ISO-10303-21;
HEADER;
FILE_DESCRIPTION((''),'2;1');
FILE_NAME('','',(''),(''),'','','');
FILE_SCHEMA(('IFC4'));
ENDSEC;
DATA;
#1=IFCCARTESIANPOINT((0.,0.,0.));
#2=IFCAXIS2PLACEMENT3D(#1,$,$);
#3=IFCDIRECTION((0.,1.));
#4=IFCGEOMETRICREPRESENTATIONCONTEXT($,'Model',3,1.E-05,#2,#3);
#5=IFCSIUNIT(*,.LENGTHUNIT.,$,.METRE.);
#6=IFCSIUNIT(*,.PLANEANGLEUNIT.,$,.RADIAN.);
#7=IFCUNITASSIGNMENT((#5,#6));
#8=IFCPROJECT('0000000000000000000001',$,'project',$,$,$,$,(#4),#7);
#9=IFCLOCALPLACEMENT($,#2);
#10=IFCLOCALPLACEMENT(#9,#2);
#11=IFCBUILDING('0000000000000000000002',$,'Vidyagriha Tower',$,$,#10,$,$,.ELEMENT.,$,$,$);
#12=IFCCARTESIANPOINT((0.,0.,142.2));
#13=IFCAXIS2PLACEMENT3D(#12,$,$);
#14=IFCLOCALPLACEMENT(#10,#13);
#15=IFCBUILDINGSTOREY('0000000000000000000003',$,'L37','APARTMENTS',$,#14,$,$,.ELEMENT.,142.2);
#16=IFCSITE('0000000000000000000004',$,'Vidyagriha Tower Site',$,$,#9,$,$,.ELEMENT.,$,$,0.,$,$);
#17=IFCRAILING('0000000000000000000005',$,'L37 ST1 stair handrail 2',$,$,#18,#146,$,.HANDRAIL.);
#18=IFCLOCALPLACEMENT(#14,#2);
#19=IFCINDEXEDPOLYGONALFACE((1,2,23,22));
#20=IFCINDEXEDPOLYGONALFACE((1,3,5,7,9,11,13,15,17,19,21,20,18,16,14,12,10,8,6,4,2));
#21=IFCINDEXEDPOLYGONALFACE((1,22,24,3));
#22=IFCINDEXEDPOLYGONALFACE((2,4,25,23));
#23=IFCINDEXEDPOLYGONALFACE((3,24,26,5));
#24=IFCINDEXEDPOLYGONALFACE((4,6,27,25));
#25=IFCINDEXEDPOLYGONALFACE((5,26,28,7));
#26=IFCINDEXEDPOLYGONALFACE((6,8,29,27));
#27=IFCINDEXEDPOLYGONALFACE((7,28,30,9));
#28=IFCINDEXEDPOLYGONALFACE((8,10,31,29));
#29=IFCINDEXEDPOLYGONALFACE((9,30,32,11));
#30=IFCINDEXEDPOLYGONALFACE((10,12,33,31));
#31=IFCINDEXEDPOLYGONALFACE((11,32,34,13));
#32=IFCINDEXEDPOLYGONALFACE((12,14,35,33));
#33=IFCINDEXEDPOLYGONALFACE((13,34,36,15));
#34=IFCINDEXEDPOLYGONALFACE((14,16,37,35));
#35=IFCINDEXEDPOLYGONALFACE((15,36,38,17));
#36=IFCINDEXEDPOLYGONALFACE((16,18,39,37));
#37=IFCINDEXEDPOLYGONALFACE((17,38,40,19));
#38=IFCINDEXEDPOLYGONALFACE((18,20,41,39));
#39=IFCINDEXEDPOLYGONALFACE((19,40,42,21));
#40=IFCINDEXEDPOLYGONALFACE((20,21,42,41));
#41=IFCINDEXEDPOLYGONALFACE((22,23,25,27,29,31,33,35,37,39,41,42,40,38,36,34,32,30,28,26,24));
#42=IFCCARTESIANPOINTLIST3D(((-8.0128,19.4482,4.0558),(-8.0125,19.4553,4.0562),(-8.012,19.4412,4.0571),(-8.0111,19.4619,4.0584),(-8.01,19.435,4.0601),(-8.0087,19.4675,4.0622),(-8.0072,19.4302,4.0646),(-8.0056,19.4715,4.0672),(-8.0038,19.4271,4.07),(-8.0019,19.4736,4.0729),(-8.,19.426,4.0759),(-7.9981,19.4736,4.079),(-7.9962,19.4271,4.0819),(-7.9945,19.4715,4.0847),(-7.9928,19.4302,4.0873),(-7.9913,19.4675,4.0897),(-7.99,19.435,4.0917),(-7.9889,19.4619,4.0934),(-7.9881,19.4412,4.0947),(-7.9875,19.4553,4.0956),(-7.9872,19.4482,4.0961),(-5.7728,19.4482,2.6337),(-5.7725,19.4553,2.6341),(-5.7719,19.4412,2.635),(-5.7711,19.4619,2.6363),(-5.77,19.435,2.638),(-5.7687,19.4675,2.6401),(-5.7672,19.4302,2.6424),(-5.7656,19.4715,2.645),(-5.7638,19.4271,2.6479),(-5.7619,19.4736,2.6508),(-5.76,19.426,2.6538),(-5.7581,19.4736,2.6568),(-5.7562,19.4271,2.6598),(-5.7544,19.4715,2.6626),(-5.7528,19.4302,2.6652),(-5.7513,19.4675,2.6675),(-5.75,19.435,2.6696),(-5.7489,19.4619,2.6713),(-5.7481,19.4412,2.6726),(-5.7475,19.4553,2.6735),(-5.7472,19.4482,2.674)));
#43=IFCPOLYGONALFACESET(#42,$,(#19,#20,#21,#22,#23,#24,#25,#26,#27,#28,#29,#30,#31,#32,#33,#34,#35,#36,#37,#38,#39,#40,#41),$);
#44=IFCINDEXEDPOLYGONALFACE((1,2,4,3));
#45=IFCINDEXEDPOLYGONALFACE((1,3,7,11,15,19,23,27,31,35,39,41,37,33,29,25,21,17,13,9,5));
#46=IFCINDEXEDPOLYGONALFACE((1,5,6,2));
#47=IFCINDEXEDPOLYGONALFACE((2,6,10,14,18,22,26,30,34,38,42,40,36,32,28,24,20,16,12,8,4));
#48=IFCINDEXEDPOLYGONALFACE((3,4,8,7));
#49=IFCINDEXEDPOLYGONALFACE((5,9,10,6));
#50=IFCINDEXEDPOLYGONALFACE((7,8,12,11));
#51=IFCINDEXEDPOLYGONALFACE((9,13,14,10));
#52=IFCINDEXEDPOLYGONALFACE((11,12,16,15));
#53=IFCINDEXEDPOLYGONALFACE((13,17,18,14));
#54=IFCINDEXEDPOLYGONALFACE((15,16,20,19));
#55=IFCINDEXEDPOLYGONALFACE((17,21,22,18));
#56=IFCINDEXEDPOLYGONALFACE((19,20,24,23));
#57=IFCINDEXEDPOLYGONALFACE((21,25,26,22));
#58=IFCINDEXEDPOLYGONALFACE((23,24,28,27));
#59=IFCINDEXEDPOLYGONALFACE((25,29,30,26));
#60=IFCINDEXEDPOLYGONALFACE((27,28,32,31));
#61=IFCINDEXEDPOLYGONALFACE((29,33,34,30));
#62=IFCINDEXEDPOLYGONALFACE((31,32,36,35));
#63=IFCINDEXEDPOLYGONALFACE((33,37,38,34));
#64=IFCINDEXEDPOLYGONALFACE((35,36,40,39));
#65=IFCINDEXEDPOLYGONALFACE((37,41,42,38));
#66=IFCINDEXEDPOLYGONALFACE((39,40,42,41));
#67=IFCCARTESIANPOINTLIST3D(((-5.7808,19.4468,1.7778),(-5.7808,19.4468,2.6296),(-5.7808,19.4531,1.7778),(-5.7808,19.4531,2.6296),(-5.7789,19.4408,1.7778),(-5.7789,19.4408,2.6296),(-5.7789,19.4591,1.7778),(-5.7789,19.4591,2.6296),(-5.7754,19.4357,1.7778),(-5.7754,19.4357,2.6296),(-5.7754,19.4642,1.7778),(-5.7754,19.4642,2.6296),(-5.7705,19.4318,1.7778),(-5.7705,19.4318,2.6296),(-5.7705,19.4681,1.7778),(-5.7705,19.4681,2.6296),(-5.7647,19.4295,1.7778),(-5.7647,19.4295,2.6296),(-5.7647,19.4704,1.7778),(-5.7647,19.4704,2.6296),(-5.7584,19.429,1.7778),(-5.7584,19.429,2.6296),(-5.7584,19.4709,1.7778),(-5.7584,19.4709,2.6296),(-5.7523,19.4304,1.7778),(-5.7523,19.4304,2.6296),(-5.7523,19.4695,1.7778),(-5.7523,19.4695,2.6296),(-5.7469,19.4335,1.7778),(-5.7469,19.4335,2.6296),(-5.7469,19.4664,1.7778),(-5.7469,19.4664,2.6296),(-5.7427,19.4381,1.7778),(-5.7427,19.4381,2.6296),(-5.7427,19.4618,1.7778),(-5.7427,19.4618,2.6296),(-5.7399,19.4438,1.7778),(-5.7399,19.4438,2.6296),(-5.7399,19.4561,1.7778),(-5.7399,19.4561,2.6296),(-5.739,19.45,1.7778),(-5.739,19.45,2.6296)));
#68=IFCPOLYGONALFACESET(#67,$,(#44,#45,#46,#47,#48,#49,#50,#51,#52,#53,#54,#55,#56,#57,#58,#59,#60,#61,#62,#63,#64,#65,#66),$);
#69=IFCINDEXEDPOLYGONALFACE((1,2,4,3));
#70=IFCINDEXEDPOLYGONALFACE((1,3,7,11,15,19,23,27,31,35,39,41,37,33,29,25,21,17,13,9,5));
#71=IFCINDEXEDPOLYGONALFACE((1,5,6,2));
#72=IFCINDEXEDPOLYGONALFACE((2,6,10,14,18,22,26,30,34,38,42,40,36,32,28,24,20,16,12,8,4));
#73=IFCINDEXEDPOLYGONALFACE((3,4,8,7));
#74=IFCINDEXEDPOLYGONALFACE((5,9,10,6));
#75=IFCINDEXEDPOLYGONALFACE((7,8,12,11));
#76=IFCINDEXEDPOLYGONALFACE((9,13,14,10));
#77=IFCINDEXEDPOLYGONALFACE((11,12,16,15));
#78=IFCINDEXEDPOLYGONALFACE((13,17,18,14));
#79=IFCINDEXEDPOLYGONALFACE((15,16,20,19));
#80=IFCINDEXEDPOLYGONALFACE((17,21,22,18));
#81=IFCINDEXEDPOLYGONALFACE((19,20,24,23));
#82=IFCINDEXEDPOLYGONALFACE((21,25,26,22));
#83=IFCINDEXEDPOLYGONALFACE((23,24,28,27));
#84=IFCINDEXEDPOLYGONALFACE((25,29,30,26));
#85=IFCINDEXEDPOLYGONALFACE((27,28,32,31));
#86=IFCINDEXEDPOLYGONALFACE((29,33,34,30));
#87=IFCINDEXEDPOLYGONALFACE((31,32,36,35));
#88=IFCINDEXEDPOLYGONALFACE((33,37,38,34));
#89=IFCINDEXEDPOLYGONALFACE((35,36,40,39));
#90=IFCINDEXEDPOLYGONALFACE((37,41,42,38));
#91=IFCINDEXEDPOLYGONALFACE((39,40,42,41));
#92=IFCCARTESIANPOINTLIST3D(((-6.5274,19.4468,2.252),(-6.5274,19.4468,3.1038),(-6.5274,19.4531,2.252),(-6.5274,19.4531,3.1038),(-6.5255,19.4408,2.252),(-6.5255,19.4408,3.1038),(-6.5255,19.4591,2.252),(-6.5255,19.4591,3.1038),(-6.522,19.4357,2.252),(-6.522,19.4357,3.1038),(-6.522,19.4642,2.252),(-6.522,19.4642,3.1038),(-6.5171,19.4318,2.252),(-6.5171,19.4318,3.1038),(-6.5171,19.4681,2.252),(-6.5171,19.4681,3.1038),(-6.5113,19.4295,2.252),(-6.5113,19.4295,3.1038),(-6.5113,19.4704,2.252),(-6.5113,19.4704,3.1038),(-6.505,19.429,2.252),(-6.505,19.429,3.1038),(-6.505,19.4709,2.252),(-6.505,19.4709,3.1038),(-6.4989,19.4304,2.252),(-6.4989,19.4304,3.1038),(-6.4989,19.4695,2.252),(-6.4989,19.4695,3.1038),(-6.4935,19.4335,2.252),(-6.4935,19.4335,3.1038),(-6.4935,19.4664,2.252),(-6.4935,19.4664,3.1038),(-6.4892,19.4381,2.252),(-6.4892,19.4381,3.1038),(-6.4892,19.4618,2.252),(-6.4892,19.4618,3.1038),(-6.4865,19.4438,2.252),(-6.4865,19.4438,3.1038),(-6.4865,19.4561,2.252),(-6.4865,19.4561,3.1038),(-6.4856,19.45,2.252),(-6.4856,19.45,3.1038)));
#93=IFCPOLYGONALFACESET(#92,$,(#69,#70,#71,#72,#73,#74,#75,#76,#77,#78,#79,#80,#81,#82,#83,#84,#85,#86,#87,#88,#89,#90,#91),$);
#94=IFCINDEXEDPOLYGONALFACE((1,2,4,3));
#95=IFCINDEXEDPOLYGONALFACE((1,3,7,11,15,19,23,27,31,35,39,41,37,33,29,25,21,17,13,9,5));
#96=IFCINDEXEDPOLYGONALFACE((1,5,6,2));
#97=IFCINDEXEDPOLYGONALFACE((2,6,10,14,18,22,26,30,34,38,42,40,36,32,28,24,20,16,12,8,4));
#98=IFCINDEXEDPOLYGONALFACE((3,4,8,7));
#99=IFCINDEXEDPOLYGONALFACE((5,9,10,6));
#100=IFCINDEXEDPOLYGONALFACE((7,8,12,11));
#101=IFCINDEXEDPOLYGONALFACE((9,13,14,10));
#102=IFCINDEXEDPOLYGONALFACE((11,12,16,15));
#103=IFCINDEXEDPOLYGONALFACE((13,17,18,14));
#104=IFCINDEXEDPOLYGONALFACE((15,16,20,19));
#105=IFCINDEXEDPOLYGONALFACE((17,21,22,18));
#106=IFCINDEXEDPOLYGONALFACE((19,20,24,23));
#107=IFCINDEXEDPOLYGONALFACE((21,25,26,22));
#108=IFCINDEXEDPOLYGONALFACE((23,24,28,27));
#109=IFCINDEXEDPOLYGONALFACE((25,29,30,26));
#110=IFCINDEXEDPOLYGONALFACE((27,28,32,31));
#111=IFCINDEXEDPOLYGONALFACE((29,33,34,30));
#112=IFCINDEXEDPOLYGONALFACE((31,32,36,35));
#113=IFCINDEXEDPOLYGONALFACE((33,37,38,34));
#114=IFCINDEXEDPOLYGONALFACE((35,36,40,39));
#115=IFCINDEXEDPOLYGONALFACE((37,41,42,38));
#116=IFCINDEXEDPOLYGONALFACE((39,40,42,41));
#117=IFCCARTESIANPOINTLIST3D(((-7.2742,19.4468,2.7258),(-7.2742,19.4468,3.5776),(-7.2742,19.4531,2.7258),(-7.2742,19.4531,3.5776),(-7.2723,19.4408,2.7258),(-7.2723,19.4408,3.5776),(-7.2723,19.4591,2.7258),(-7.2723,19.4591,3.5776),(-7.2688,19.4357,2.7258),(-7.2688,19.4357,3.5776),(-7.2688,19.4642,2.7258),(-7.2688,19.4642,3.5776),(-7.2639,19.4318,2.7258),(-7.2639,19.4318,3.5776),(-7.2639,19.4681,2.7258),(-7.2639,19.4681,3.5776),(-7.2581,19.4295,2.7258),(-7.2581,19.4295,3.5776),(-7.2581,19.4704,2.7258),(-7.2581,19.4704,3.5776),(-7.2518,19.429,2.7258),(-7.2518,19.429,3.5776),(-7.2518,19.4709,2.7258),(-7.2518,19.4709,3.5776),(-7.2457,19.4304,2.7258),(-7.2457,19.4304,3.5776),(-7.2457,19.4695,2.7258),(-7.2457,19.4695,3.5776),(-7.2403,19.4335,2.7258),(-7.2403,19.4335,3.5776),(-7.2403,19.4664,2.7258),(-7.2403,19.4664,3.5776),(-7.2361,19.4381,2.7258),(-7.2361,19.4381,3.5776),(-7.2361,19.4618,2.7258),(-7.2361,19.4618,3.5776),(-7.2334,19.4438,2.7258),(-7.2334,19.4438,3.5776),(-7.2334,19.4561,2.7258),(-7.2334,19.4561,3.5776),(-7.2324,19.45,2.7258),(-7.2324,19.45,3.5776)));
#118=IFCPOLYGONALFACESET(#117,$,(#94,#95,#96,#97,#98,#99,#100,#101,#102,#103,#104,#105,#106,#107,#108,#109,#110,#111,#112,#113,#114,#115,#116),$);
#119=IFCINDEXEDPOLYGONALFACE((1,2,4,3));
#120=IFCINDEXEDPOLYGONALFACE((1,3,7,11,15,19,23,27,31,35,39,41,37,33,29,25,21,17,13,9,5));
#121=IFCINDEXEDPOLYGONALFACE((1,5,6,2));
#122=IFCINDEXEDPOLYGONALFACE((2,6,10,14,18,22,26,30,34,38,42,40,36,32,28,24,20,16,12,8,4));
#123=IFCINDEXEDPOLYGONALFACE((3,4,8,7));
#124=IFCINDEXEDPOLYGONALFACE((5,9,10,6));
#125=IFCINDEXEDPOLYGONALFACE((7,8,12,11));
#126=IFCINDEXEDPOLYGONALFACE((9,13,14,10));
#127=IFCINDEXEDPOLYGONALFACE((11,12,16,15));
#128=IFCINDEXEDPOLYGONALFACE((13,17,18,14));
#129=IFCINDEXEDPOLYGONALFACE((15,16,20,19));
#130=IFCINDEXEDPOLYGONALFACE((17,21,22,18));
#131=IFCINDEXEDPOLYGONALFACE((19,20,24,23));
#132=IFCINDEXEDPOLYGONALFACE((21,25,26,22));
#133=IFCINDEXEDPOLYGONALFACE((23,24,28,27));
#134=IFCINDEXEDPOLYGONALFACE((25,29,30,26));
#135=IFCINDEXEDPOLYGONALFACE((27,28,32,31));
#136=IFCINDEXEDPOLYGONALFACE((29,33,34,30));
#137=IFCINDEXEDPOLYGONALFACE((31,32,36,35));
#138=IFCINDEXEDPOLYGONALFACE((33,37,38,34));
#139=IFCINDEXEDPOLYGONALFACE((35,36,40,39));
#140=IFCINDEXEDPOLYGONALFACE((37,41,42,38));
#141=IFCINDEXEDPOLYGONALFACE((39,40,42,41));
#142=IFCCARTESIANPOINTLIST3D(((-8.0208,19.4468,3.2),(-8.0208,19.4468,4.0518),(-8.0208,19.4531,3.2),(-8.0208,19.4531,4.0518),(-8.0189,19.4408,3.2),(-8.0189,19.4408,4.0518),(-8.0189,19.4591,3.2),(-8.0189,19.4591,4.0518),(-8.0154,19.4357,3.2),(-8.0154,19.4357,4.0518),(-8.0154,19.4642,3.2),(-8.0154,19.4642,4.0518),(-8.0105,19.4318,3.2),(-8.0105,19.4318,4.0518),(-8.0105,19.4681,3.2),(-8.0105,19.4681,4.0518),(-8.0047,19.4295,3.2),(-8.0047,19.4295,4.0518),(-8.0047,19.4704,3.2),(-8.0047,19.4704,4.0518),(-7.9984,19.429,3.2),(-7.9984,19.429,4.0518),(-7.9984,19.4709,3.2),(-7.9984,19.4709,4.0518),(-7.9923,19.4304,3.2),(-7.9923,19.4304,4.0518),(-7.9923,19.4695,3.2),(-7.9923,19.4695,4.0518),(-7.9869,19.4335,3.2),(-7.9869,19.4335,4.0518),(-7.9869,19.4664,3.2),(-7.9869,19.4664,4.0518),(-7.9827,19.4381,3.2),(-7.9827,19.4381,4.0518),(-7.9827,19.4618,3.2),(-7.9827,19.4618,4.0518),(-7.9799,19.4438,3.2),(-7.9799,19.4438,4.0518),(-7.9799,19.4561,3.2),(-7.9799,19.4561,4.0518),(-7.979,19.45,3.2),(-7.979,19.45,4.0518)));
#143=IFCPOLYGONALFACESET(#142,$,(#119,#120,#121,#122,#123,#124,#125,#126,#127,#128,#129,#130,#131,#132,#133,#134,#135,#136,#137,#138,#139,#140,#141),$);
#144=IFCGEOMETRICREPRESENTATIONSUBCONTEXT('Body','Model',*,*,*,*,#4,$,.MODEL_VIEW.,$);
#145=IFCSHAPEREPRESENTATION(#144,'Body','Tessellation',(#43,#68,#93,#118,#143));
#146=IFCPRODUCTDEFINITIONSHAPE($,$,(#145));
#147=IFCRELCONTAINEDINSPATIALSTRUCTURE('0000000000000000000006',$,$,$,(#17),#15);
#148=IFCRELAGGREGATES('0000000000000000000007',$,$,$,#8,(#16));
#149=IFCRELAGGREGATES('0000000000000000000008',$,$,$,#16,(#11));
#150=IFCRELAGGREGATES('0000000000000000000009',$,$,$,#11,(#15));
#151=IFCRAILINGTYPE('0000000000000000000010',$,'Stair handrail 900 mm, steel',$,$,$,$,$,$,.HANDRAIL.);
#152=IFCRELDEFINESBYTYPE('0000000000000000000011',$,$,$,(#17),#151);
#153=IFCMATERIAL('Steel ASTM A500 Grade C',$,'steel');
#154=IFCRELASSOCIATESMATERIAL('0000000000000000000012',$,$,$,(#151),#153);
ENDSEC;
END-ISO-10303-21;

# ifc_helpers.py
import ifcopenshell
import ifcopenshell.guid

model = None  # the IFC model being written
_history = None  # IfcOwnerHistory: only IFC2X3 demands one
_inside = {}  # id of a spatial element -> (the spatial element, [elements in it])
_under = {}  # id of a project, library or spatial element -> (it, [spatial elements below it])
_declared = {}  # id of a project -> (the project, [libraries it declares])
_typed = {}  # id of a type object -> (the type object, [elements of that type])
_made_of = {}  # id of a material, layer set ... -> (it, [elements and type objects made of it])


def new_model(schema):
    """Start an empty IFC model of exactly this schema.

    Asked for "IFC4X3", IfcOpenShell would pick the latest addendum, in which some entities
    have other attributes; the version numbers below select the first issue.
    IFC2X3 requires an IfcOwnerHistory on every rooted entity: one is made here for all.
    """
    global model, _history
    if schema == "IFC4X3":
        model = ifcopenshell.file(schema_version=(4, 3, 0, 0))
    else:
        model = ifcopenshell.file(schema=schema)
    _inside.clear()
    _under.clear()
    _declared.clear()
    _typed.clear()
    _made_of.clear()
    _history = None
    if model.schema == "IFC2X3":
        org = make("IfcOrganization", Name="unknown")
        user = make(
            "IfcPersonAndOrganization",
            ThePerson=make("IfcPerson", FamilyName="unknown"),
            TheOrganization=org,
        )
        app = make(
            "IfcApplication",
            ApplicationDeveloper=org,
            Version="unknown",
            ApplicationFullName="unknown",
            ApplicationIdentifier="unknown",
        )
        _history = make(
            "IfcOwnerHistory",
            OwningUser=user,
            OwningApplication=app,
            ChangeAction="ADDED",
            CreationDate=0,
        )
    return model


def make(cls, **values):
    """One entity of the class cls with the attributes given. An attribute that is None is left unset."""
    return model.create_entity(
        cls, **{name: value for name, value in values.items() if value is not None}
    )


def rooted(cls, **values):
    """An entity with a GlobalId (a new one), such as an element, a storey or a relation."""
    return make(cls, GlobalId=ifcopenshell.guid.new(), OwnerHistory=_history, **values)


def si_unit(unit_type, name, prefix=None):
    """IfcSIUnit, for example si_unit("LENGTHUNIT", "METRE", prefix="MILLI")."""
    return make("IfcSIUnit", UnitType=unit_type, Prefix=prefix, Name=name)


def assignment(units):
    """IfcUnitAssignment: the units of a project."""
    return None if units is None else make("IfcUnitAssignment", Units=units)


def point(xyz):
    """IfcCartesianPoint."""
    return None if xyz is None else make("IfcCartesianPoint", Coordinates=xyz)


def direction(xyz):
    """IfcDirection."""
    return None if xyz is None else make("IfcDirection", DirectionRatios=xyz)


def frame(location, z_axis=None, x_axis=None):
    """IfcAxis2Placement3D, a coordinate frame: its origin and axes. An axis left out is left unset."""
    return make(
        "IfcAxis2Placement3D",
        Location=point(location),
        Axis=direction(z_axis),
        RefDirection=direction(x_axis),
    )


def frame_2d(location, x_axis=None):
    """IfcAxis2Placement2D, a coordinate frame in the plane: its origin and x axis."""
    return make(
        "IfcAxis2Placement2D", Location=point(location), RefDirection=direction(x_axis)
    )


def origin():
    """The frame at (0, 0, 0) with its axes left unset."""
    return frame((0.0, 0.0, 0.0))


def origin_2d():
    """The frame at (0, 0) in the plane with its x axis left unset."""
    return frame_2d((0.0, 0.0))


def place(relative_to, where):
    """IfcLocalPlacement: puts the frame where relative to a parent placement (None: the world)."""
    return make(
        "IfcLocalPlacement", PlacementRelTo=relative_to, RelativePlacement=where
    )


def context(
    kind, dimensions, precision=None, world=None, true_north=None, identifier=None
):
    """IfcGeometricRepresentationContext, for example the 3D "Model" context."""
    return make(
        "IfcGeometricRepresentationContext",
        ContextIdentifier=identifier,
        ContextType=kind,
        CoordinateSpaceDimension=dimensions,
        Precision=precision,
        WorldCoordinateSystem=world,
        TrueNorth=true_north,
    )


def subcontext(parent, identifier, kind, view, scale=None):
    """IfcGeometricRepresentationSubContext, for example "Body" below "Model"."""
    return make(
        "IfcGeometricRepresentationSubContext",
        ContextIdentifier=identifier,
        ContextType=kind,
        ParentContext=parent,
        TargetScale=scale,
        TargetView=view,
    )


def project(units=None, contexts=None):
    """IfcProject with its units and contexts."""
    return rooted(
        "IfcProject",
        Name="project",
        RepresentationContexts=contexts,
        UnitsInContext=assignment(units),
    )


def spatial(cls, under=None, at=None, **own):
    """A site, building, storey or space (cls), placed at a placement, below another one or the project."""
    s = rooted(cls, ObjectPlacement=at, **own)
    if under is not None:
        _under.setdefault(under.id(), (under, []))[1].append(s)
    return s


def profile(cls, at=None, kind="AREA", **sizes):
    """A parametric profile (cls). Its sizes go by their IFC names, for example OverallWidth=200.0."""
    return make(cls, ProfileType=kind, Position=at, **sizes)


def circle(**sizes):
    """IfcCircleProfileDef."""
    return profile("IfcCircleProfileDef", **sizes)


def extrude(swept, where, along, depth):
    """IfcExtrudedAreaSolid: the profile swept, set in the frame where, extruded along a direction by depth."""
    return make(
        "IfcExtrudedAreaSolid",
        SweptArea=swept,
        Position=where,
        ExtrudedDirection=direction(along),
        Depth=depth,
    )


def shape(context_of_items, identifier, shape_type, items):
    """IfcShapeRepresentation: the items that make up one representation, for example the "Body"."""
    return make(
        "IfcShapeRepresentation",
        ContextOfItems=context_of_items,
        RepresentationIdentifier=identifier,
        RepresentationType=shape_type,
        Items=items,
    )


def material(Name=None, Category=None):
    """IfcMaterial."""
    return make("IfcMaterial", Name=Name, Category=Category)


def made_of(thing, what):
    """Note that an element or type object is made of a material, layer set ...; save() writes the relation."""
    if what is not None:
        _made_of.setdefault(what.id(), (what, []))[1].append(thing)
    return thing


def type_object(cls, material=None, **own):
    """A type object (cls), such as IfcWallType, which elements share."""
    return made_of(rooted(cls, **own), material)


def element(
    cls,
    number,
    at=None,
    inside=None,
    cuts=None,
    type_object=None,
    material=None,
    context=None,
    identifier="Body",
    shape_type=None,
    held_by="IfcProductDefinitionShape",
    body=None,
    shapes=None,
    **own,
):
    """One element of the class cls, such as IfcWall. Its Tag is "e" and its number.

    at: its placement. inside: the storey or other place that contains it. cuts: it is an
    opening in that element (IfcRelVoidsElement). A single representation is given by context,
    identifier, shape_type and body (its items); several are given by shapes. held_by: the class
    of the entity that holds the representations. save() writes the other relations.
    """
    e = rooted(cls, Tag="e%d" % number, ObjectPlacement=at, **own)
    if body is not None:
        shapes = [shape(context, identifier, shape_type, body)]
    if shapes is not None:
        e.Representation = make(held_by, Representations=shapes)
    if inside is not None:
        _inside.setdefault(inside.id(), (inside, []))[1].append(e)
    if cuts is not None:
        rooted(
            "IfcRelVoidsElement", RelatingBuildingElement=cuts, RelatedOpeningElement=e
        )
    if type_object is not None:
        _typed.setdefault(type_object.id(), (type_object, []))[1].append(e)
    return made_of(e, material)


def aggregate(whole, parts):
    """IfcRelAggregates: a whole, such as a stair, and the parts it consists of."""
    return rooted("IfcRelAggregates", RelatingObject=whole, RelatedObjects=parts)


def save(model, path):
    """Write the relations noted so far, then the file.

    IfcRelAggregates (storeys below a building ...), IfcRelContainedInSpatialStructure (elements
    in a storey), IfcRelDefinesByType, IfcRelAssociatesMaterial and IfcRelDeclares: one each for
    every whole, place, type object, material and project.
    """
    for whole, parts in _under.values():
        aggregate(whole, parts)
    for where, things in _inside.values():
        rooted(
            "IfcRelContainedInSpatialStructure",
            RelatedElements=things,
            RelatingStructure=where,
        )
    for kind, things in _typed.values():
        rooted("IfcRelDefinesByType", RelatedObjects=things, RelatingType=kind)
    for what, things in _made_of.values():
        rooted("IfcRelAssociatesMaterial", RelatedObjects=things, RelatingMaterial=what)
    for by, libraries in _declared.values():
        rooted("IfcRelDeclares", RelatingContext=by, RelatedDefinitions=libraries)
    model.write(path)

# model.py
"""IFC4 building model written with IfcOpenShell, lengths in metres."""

from ifc_helpers import new_model, si_unit, direction, frame, origin, origin_2d, place, context, subcontext, project, spatial, circle, extrude, material, type_object, element, save


model = new_model("IFC4")

# Units and contexts
model_context = context("Model", 3, precision=1e-05, world=origin(), true_north=direction((0.0, 1.0)))
body_context = subcontext(model_context, "Body", "Model", "MODEL_VIEW")
ifc_project = project(units=[si_unit("LENGTHUNIT", "METRE"), si_unit("PLANEANGLEUNIT", "RADIAN")], contexts=[model_context])

# Site, building, storey
site_placement = place(None, origin())
site = spatial("IfcSite", under=ifc_project, at=site_placement, Name="Vidyagriha Tower Site", CompositionType="ELEMENT", RefElevation=0.0)
building_placement = place(site_placement, origin())
building = spatial("IfcBuilding", under=site, at=building_placement, Name="Vidyagriha Tower", CompositionType="ELEMENT")
storey_placement = place(building_placement, frame((0.0, 0.0, 142.2)))
storey = spatial("IfcBuildingStorey", under=building, at=storey_placement, Name="L37", Description="APARTMENTS", CompositionType="ELEMENT", Elevation=142.2)

# Railing
ifc_material_1 = material(Name="Steel ASTM A500 Grade C", Category="steel")
railing_type_1 = type_object("IfcRailingType", Name="Stair handrail 900 mm, steel", PredefinedType="HANDRAIL", material=ifc_material_1)
railing_1_placement = place(storey_placement, frame((-5.76, 19.45, 1.7778)))
element("IfcRailing", 1, at=railing_1_placement, inside=storey, type_object=railing_type_1, Name="L37 ST1 stair handrail 2", PredefinedType="HANDRAIL", context=body_context, shape_type="SweptSolid", body=[
    extrude(circle(Radius=0.0239, at=origin_2d()), frame((0.0, 0.0, 0.876), z_axis=(-0.844229, 0.0, 0.535982), x_axis=(0.0, -1.0, 0.0)), (0.0, 0.0, 1.0), 2.6533),
    extrude(circle(Radius=0.021, at=origin_2d()), origin(), (0.0, 0.0, 1.0), 0.8518),
    extrude(circle(Radius=0.021, at=origin_2d()), frame((-0.7466, 0.0, 0.4741)), (0.0, 0.0, 1.0), 0.8518),
    extrude(circle(Radius=0.021, at=origin_2d()), frame((-1.4934, 0.0, 0.948)), (0.0, 0.0, 1.0), 0.8518),
    extrude(circle(Radius=0.021, at=origin_2d()), frame((-2.24, 0.0, 1.4221)), (0.0, 0.0, 1.0), 0.8518),
])

save(model, "model.ifc")
